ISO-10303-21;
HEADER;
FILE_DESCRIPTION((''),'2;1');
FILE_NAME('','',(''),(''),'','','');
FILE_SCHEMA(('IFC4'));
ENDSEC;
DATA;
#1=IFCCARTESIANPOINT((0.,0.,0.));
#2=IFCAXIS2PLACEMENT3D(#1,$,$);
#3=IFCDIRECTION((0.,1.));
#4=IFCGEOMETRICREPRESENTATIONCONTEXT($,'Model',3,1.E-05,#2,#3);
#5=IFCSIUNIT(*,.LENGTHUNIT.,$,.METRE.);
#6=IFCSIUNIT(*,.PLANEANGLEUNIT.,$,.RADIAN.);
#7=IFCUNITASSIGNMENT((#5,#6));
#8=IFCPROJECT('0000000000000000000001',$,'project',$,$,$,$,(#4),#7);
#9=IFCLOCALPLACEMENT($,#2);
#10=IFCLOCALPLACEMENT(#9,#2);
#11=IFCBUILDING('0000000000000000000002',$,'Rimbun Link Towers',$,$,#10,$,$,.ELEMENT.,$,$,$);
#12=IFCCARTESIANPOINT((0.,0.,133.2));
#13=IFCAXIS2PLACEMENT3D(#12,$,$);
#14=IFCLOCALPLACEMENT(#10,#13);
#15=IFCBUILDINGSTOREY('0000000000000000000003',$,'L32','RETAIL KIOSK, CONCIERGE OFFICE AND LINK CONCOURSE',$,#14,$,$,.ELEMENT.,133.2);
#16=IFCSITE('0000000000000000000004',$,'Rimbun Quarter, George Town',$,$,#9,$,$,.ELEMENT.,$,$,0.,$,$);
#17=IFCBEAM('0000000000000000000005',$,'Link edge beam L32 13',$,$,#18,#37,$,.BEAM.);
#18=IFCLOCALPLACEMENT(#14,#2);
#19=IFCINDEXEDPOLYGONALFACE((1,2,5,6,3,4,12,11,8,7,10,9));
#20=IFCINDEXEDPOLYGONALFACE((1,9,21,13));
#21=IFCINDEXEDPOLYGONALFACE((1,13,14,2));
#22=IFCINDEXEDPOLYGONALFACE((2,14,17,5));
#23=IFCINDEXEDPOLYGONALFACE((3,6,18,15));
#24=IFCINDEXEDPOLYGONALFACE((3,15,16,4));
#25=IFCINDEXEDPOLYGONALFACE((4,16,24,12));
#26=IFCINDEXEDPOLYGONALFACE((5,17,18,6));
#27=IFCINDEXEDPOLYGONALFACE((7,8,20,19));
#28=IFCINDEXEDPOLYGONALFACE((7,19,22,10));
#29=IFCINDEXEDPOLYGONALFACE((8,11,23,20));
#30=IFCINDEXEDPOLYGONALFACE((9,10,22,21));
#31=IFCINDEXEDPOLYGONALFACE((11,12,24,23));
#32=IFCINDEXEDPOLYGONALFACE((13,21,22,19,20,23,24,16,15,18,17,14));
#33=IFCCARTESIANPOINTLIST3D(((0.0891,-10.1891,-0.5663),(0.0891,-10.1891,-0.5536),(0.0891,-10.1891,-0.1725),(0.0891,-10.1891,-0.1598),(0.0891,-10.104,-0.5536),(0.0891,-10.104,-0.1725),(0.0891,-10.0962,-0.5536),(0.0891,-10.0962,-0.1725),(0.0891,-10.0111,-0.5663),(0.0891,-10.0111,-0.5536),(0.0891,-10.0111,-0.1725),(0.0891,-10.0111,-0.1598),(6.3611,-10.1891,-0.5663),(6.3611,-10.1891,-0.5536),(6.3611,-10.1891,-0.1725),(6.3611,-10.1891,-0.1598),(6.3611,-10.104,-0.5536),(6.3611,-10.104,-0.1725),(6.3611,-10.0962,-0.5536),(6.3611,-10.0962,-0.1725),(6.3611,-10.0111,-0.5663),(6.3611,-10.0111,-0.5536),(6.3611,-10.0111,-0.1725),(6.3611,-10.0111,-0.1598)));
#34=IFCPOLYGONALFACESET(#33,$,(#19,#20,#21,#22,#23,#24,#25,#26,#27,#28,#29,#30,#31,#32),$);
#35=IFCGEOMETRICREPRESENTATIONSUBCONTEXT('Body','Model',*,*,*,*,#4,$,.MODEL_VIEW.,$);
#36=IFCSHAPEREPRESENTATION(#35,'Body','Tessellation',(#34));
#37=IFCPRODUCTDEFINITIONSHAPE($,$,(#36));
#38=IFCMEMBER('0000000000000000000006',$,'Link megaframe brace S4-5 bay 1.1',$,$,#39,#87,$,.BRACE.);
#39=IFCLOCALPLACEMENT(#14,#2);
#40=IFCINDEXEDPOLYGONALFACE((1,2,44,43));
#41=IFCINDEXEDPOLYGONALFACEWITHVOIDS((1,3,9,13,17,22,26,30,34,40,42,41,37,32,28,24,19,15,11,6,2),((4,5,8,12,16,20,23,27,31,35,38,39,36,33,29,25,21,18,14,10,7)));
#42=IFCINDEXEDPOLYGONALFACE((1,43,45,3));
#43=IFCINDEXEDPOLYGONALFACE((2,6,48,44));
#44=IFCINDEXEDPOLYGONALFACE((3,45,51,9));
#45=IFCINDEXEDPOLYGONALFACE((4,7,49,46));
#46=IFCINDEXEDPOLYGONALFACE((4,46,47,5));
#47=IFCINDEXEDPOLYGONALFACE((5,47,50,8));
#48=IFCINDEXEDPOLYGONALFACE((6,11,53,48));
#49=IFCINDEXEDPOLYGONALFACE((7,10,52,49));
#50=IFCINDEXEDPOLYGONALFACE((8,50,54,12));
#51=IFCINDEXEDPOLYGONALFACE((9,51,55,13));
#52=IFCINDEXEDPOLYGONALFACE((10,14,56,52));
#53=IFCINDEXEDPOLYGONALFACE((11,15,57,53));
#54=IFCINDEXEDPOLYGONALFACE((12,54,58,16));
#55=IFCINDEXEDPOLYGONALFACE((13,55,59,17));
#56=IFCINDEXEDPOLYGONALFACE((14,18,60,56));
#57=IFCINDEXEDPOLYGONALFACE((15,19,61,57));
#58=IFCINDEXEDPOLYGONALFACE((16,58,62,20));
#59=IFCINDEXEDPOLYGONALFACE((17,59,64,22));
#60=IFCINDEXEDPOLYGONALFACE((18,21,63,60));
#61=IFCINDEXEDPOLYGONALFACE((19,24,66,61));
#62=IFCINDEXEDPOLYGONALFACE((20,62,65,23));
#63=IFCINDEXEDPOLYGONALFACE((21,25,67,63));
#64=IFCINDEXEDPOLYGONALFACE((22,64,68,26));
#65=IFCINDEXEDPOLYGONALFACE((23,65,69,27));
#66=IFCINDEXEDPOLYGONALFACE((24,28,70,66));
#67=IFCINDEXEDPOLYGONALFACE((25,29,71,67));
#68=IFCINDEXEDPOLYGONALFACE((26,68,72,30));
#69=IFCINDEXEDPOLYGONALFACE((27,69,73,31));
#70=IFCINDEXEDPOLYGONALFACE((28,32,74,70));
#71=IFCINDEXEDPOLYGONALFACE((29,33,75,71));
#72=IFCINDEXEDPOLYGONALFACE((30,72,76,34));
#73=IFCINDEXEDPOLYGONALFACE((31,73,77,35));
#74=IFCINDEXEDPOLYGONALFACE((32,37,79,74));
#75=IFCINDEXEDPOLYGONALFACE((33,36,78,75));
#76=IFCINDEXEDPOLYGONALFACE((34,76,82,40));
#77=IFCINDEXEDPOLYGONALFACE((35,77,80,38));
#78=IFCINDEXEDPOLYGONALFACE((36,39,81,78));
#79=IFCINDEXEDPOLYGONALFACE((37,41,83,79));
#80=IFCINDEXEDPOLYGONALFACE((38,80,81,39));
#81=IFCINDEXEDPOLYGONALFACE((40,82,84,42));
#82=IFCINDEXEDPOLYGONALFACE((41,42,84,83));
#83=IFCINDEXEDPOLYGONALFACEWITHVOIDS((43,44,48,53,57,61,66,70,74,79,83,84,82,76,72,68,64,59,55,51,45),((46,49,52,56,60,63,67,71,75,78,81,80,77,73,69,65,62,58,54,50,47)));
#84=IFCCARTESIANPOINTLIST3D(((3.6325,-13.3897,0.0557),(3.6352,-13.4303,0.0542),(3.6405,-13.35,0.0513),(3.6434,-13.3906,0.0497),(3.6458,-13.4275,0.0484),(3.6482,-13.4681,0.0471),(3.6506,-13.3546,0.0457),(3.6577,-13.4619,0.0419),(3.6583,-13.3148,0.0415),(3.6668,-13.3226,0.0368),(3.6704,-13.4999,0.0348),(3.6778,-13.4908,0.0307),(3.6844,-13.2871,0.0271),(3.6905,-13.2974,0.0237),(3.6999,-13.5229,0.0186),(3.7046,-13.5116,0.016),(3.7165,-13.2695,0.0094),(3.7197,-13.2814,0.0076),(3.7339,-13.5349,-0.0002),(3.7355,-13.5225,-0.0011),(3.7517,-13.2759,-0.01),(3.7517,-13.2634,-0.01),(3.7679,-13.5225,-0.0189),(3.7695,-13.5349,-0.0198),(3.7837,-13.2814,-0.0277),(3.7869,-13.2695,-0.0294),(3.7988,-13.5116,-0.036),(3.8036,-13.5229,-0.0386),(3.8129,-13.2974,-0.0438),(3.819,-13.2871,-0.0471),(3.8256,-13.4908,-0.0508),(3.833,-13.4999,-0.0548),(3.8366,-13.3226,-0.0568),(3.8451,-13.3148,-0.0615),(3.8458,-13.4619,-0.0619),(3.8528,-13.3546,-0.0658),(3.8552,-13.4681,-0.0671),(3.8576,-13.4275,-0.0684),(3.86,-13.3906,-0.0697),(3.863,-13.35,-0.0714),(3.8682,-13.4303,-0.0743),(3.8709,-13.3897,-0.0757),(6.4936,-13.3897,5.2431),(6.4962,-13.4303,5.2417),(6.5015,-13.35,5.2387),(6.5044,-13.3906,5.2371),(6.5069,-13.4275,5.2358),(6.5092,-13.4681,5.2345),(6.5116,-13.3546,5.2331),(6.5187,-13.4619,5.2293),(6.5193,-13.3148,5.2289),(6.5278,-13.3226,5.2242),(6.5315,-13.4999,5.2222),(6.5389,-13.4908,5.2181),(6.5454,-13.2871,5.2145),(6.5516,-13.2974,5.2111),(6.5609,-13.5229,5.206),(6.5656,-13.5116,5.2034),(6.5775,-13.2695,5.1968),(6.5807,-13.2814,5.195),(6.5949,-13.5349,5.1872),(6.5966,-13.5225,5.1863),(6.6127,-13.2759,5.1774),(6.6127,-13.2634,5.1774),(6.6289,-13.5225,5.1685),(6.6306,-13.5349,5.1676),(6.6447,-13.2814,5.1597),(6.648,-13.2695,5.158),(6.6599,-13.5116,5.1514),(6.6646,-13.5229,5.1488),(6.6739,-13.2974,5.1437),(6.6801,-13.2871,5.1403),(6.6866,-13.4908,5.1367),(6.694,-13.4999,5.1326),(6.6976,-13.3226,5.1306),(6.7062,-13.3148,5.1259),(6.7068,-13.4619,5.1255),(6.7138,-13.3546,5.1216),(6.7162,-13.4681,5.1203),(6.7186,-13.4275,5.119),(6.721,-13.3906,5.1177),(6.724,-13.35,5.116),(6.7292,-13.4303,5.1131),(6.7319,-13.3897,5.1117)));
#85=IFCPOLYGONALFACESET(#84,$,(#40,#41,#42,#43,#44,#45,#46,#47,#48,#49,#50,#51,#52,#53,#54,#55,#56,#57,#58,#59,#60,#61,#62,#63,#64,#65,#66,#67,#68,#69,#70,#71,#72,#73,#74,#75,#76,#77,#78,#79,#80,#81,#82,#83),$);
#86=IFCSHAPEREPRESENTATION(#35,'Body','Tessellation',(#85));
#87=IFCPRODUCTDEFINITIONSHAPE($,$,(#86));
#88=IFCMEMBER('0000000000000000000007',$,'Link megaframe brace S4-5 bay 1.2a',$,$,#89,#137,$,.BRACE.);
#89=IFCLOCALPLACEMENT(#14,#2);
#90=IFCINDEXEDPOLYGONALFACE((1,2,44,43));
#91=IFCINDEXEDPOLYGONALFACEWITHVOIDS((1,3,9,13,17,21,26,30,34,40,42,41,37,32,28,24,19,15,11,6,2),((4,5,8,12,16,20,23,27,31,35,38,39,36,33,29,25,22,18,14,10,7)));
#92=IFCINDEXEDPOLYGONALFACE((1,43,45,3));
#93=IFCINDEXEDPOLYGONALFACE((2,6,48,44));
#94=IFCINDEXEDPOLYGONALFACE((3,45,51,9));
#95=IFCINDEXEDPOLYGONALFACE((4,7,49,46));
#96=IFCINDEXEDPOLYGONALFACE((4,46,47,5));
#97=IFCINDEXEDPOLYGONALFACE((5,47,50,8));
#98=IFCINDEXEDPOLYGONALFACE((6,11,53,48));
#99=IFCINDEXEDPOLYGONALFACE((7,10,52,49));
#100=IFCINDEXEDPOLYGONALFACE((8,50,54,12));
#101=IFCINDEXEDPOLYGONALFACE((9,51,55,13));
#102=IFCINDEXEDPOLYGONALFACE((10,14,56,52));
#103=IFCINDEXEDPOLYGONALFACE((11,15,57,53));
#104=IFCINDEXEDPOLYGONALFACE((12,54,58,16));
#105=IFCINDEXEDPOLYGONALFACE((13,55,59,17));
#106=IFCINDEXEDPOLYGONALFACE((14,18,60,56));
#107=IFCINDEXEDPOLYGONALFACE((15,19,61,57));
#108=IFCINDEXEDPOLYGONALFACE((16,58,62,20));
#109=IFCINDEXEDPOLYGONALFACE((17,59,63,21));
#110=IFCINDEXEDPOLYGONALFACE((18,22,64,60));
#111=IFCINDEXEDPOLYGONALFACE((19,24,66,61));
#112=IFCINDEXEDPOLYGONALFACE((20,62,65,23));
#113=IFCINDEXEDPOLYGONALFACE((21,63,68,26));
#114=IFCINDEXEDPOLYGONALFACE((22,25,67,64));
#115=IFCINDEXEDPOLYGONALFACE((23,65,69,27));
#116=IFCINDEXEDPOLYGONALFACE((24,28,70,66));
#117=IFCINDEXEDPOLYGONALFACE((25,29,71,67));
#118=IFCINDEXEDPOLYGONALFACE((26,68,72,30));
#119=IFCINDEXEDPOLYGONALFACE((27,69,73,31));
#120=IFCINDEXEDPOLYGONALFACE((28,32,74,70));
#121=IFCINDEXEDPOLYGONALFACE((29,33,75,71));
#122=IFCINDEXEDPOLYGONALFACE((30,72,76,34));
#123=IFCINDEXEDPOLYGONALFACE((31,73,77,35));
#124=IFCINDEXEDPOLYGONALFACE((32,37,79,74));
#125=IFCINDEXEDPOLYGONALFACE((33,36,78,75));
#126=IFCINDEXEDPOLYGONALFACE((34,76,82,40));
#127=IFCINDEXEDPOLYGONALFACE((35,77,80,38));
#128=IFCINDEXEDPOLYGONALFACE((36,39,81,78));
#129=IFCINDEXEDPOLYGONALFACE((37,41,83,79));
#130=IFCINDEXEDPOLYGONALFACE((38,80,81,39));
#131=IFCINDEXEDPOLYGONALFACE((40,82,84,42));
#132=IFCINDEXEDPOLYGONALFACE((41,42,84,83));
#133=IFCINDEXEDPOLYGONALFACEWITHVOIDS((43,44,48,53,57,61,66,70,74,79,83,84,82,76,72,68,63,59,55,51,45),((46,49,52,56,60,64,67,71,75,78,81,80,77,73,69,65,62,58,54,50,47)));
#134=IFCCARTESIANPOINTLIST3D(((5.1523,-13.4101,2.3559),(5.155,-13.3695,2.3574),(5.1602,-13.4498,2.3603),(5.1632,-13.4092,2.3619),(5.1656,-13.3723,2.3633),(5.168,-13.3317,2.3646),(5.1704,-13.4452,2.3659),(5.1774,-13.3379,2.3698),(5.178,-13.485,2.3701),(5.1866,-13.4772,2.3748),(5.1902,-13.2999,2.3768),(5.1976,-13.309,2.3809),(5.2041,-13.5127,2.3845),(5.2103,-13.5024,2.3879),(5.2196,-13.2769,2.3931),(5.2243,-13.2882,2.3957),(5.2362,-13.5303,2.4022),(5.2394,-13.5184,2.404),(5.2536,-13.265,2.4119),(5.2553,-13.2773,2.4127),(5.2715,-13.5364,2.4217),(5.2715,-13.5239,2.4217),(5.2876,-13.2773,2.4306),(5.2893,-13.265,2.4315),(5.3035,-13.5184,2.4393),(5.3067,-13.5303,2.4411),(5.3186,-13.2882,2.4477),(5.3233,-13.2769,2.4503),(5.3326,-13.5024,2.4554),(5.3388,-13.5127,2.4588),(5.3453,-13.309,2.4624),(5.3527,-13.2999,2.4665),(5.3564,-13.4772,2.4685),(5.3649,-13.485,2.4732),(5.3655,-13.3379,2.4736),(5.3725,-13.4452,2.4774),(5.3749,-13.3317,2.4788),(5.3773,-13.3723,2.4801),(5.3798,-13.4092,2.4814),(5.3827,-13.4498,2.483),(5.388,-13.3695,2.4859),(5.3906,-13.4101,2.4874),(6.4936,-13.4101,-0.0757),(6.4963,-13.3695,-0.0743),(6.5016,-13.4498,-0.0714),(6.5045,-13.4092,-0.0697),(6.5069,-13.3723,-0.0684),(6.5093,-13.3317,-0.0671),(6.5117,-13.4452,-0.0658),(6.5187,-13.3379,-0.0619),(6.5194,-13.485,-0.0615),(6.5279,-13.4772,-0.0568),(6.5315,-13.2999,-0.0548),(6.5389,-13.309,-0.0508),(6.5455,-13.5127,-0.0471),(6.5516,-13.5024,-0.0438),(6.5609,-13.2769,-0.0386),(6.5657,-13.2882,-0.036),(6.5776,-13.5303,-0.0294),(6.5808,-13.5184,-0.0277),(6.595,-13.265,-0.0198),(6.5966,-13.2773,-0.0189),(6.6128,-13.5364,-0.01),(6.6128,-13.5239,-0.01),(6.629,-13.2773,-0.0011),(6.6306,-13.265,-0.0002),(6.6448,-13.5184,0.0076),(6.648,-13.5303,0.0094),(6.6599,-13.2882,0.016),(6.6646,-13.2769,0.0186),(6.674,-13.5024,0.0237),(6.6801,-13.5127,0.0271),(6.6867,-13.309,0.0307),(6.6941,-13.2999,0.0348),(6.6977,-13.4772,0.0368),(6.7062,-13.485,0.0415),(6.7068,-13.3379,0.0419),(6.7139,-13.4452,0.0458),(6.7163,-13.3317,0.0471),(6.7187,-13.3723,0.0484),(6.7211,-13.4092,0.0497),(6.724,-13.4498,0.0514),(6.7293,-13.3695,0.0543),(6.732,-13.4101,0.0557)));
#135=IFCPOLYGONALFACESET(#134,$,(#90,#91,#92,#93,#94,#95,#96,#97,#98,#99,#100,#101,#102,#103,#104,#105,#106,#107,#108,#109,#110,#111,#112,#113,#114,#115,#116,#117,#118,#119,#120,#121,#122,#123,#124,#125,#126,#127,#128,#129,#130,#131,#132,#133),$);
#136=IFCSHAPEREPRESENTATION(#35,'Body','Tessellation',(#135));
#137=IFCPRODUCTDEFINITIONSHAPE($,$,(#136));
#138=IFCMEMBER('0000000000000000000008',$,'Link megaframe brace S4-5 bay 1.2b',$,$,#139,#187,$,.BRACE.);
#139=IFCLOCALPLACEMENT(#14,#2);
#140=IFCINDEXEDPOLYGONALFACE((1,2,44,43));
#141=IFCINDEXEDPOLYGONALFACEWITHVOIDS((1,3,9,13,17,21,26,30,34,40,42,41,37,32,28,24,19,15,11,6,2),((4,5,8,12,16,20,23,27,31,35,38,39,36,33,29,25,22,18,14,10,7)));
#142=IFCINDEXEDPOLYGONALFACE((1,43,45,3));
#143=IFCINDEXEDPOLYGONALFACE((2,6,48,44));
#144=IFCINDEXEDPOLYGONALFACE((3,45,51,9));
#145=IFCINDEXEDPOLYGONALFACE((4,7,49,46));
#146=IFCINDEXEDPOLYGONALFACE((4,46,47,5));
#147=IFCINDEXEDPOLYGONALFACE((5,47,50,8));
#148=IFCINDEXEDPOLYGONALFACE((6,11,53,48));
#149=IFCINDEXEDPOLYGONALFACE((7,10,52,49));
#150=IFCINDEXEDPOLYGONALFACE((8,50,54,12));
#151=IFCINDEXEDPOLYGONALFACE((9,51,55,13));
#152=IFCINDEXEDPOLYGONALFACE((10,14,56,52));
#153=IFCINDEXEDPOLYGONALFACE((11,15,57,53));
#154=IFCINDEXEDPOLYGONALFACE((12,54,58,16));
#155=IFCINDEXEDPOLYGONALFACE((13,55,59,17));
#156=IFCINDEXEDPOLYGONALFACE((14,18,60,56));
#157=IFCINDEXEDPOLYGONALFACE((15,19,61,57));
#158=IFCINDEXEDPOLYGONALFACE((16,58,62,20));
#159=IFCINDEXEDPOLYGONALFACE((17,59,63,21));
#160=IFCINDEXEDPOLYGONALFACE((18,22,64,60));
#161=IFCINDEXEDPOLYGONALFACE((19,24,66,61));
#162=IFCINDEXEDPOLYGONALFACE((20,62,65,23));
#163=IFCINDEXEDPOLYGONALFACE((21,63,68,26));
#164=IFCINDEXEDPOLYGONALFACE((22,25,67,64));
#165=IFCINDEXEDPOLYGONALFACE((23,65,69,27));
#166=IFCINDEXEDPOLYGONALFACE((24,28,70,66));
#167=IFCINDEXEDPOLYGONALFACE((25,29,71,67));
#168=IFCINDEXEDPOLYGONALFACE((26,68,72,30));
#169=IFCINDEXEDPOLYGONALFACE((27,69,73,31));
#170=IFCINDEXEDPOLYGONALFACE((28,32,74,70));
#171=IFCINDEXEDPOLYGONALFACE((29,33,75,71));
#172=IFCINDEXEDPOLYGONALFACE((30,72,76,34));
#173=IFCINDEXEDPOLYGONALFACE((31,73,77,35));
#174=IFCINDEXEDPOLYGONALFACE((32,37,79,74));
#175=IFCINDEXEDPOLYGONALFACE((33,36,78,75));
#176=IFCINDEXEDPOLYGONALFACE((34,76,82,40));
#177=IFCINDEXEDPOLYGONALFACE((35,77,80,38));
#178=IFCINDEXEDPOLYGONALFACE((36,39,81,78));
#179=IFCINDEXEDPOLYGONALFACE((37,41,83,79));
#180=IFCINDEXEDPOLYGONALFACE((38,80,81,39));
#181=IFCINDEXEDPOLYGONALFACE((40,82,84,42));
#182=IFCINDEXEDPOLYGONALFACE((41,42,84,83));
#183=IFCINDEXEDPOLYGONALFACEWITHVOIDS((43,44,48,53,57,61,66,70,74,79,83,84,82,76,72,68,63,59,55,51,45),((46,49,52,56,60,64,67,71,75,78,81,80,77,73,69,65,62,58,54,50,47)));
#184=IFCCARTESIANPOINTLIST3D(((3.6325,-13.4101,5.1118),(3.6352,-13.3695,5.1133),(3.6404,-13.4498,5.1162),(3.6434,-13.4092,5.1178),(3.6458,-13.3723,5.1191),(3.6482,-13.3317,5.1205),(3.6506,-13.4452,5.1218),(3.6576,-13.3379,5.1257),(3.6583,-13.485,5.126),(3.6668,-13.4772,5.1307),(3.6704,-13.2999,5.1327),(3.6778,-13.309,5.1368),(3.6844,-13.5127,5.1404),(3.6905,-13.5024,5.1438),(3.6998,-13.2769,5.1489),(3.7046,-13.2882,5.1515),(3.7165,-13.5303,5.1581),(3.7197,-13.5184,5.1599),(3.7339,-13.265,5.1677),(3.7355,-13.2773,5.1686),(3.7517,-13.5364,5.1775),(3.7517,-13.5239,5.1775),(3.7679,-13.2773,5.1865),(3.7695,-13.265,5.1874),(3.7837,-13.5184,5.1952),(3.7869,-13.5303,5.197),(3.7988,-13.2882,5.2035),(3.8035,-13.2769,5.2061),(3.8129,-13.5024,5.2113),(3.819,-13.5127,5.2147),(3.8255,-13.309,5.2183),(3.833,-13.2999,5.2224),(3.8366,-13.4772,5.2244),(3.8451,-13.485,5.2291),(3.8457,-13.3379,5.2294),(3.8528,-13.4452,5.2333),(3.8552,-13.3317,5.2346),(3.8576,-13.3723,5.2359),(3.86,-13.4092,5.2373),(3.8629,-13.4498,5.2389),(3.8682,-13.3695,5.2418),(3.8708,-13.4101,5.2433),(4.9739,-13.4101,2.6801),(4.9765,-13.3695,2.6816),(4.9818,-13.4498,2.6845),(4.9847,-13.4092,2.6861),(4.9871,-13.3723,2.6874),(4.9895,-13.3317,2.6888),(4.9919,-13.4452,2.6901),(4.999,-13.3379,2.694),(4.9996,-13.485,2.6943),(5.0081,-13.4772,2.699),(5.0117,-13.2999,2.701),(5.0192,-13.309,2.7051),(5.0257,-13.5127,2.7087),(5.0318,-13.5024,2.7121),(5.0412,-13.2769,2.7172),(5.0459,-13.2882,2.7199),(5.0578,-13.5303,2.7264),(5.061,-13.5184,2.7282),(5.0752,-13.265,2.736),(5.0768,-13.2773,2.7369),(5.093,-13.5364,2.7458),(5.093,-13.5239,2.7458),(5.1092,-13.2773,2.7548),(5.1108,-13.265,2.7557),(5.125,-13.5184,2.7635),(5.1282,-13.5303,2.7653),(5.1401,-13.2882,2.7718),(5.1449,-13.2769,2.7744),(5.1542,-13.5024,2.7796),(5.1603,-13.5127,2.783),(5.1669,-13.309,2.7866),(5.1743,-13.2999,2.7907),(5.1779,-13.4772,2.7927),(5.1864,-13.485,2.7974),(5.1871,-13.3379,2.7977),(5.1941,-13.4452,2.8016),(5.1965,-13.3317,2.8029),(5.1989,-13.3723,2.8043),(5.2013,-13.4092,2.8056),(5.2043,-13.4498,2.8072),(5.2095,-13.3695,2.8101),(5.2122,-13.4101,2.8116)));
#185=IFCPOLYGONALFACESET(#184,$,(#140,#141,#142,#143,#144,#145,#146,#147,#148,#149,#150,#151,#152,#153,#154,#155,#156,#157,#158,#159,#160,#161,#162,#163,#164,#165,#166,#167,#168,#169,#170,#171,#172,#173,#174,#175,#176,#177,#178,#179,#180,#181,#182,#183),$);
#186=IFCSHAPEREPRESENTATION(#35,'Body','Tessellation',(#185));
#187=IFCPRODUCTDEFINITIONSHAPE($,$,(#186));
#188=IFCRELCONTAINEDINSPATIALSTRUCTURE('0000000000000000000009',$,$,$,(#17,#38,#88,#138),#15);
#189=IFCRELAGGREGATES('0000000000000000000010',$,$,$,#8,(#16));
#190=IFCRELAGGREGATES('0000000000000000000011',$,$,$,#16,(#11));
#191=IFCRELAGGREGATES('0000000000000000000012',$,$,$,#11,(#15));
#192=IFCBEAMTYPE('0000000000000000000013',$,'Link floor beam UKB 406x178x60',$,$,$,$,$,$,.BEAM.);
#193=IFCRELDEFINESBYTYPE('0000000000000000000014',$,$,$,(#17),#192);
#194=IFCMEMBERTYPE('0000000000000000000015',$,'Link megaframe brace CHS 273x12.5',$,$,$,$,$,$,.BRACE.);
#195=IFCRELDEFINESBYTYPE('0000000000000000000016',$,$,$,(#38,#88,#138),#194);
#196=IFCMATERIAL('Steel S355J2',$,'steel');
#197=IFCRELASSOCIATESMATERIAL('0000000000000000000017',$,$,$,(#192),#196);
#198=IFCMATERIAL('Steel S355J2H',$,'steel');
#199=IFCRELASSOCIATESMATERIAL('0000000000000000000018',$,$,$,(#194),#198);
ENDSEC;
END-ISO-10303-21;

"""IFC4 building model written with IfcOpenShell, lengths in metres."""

from ifc_helpers import new_model, si_unit, direction, frame, origin, origin_2d, place, context, subcontext, project, spatial, hollow_circle, i_section, extrude, material, material_profile, profile_set, type_object, element, save


model = new_model("IFC4")

# Units and contexts
model_context = context("Model", 3, precision=1e-05, world=origin(), true_north=direction((0.0, 1.0)))
body_context = subcontext(model_context, "Body", "Model", "MODEL_VIEW")
ifc_project = project(units=[si_unit("LENGTHUNIT", "METRE"), si_unit("PLANEANGLEUNIT", "RADIAN")], contexts=[model_context])

# Site, building, storey
site_placement = place(None, origin())
site = spatial("IfcSite", under=ifc_project, at=site_placement, Name="Rimbun Quarter, George Town", CompositionType="ELEMENT", RefElevation=0.0)
building_placement = place(site_placement, origin())
building = spatial("IfcBuilding", under=site, at=building_placement, Name="Rimbun Link Towers", CompositionType="ELEMENT")
storey_placement = place(building_placement, frame((0.0, 0.0, 133.2)))
storey = spatial("IfcBuildingStorey", under=building, at=storey_placement, Name="L32", Description="RETAIL KIOSK, CONCIERGE OFFICE AND LINK CONCOURSE", CompositionType="ELEMENT", Elevation=133.2)

# Beam
ifc_material_1 = material(Name="Steel S355J2", Category="steel")
ifc_material_profile_1 = material_profile(ifc_material_1, i_section(OverallWidth=0.178, OverallDepth=0.4065, WebThickness=0.0078, FlangeThickness=0.0127, at=origin_2d()), Name="UKB 406x178x60")
ifc_profile_set_1 = profile_set([ifc_material_profile_1], Name="Steel S355J2")
beam_type_1 = type_object("IfcBeamType", Name="Link floor beam UKB 406x178x60", PredefinedType="BEAM", material=ifc_profile_set_1)
beam_1_placement = place(storey_placement, frame((0.0891, -10.1001, -0.363), z_axis=(1.0, 0.0, 0.0), x_axis=(0.0, 1.0, 0.0)))
element("IfcBeam", 1, at=beam_1_placement, inside=storey, type_object=beam_type_1, Name="Link edge beam L32 13", PredefinedType="BEAM", context=body_context, shape_type="SweptSolid", body=[
    extrude(i_section(OverallWidth=0.178, OverallDepth=0.4065, WebThickness=0.0078, FlangeThickness=0.0127, at=origin_2d()), origin(), (0.0, 0.0, 1.0), 6.272),
])

# Members
ifc_material_2 = material(Name="Steel S355J2H", Category="steel")
ifc_material_profile_2 = material_profile(ifc_material_2, hollow_circle(Radius=0.1365, WallThickness=0.0125, at=origin_2d()), Name="CHS 273x12.5")
ifc_profile_set_2 = profile_set([ifc_material_profile_2], Name="Steel S355J2H")
member_type_1 = type_object("IfcMemberType", Name="Link megaframe brace CHS 273x12.5", PredefinedType="BRACE", material=ifc_profile_set_2)
member_1_placement = place(storey_placement, frame((3.7517, -13.3999, -0.01), z_axis=(0.48295, 0.0, 0.875648), x_axis=(0.0, 1.0, 0.0)))
element("IfcMember", 2, at=member_1_placement, inside=storey, type_object=member_type_1, Name="Link megaframe brace S4-5 bay 1.1", PredefinedType="BRACE", context=body_context, shape_type="SweptSolid", body=[
    extrude(hollow_circle(Radius=0.1365, WallThickness=0.0125, at=origin_2d()), origin(), (0.0, 0.0, 1.0), 5.9241),
])
for number, where, z_axis, x_axis, name in (
    (3, (6.6128, -13.3999, -0.01), (-0.482998, 0.0, 0.875621), (0.0, -1.0, 0.0), "Link megaframe brace S4-5 bay 1.2a"),
    (4, (5.093, -13.3999, 2.7458), (-0.482998, 0.0, 0.875621), (0.0, -1.0, 0.0), "Link megaframe brace S4-5 bay 1.2b"),
):
    element("IfcMember", number, at=place(storey_placement, frame(where, z_axis=z_axis, x_axis=x_axis)), inside=storey, type_object=member_type_1, Name=name, PredefinedType="BRACE", context=body_context, shape_type="SweptSolid", body=[
        extrude(hollow_circle(Radius=0.1365, WallThickness=0.0125, at=origin_2d()), origin(), (0.0, 0.0, 1.0), 2.7771),
    ])

save(model, "model.ifc")
